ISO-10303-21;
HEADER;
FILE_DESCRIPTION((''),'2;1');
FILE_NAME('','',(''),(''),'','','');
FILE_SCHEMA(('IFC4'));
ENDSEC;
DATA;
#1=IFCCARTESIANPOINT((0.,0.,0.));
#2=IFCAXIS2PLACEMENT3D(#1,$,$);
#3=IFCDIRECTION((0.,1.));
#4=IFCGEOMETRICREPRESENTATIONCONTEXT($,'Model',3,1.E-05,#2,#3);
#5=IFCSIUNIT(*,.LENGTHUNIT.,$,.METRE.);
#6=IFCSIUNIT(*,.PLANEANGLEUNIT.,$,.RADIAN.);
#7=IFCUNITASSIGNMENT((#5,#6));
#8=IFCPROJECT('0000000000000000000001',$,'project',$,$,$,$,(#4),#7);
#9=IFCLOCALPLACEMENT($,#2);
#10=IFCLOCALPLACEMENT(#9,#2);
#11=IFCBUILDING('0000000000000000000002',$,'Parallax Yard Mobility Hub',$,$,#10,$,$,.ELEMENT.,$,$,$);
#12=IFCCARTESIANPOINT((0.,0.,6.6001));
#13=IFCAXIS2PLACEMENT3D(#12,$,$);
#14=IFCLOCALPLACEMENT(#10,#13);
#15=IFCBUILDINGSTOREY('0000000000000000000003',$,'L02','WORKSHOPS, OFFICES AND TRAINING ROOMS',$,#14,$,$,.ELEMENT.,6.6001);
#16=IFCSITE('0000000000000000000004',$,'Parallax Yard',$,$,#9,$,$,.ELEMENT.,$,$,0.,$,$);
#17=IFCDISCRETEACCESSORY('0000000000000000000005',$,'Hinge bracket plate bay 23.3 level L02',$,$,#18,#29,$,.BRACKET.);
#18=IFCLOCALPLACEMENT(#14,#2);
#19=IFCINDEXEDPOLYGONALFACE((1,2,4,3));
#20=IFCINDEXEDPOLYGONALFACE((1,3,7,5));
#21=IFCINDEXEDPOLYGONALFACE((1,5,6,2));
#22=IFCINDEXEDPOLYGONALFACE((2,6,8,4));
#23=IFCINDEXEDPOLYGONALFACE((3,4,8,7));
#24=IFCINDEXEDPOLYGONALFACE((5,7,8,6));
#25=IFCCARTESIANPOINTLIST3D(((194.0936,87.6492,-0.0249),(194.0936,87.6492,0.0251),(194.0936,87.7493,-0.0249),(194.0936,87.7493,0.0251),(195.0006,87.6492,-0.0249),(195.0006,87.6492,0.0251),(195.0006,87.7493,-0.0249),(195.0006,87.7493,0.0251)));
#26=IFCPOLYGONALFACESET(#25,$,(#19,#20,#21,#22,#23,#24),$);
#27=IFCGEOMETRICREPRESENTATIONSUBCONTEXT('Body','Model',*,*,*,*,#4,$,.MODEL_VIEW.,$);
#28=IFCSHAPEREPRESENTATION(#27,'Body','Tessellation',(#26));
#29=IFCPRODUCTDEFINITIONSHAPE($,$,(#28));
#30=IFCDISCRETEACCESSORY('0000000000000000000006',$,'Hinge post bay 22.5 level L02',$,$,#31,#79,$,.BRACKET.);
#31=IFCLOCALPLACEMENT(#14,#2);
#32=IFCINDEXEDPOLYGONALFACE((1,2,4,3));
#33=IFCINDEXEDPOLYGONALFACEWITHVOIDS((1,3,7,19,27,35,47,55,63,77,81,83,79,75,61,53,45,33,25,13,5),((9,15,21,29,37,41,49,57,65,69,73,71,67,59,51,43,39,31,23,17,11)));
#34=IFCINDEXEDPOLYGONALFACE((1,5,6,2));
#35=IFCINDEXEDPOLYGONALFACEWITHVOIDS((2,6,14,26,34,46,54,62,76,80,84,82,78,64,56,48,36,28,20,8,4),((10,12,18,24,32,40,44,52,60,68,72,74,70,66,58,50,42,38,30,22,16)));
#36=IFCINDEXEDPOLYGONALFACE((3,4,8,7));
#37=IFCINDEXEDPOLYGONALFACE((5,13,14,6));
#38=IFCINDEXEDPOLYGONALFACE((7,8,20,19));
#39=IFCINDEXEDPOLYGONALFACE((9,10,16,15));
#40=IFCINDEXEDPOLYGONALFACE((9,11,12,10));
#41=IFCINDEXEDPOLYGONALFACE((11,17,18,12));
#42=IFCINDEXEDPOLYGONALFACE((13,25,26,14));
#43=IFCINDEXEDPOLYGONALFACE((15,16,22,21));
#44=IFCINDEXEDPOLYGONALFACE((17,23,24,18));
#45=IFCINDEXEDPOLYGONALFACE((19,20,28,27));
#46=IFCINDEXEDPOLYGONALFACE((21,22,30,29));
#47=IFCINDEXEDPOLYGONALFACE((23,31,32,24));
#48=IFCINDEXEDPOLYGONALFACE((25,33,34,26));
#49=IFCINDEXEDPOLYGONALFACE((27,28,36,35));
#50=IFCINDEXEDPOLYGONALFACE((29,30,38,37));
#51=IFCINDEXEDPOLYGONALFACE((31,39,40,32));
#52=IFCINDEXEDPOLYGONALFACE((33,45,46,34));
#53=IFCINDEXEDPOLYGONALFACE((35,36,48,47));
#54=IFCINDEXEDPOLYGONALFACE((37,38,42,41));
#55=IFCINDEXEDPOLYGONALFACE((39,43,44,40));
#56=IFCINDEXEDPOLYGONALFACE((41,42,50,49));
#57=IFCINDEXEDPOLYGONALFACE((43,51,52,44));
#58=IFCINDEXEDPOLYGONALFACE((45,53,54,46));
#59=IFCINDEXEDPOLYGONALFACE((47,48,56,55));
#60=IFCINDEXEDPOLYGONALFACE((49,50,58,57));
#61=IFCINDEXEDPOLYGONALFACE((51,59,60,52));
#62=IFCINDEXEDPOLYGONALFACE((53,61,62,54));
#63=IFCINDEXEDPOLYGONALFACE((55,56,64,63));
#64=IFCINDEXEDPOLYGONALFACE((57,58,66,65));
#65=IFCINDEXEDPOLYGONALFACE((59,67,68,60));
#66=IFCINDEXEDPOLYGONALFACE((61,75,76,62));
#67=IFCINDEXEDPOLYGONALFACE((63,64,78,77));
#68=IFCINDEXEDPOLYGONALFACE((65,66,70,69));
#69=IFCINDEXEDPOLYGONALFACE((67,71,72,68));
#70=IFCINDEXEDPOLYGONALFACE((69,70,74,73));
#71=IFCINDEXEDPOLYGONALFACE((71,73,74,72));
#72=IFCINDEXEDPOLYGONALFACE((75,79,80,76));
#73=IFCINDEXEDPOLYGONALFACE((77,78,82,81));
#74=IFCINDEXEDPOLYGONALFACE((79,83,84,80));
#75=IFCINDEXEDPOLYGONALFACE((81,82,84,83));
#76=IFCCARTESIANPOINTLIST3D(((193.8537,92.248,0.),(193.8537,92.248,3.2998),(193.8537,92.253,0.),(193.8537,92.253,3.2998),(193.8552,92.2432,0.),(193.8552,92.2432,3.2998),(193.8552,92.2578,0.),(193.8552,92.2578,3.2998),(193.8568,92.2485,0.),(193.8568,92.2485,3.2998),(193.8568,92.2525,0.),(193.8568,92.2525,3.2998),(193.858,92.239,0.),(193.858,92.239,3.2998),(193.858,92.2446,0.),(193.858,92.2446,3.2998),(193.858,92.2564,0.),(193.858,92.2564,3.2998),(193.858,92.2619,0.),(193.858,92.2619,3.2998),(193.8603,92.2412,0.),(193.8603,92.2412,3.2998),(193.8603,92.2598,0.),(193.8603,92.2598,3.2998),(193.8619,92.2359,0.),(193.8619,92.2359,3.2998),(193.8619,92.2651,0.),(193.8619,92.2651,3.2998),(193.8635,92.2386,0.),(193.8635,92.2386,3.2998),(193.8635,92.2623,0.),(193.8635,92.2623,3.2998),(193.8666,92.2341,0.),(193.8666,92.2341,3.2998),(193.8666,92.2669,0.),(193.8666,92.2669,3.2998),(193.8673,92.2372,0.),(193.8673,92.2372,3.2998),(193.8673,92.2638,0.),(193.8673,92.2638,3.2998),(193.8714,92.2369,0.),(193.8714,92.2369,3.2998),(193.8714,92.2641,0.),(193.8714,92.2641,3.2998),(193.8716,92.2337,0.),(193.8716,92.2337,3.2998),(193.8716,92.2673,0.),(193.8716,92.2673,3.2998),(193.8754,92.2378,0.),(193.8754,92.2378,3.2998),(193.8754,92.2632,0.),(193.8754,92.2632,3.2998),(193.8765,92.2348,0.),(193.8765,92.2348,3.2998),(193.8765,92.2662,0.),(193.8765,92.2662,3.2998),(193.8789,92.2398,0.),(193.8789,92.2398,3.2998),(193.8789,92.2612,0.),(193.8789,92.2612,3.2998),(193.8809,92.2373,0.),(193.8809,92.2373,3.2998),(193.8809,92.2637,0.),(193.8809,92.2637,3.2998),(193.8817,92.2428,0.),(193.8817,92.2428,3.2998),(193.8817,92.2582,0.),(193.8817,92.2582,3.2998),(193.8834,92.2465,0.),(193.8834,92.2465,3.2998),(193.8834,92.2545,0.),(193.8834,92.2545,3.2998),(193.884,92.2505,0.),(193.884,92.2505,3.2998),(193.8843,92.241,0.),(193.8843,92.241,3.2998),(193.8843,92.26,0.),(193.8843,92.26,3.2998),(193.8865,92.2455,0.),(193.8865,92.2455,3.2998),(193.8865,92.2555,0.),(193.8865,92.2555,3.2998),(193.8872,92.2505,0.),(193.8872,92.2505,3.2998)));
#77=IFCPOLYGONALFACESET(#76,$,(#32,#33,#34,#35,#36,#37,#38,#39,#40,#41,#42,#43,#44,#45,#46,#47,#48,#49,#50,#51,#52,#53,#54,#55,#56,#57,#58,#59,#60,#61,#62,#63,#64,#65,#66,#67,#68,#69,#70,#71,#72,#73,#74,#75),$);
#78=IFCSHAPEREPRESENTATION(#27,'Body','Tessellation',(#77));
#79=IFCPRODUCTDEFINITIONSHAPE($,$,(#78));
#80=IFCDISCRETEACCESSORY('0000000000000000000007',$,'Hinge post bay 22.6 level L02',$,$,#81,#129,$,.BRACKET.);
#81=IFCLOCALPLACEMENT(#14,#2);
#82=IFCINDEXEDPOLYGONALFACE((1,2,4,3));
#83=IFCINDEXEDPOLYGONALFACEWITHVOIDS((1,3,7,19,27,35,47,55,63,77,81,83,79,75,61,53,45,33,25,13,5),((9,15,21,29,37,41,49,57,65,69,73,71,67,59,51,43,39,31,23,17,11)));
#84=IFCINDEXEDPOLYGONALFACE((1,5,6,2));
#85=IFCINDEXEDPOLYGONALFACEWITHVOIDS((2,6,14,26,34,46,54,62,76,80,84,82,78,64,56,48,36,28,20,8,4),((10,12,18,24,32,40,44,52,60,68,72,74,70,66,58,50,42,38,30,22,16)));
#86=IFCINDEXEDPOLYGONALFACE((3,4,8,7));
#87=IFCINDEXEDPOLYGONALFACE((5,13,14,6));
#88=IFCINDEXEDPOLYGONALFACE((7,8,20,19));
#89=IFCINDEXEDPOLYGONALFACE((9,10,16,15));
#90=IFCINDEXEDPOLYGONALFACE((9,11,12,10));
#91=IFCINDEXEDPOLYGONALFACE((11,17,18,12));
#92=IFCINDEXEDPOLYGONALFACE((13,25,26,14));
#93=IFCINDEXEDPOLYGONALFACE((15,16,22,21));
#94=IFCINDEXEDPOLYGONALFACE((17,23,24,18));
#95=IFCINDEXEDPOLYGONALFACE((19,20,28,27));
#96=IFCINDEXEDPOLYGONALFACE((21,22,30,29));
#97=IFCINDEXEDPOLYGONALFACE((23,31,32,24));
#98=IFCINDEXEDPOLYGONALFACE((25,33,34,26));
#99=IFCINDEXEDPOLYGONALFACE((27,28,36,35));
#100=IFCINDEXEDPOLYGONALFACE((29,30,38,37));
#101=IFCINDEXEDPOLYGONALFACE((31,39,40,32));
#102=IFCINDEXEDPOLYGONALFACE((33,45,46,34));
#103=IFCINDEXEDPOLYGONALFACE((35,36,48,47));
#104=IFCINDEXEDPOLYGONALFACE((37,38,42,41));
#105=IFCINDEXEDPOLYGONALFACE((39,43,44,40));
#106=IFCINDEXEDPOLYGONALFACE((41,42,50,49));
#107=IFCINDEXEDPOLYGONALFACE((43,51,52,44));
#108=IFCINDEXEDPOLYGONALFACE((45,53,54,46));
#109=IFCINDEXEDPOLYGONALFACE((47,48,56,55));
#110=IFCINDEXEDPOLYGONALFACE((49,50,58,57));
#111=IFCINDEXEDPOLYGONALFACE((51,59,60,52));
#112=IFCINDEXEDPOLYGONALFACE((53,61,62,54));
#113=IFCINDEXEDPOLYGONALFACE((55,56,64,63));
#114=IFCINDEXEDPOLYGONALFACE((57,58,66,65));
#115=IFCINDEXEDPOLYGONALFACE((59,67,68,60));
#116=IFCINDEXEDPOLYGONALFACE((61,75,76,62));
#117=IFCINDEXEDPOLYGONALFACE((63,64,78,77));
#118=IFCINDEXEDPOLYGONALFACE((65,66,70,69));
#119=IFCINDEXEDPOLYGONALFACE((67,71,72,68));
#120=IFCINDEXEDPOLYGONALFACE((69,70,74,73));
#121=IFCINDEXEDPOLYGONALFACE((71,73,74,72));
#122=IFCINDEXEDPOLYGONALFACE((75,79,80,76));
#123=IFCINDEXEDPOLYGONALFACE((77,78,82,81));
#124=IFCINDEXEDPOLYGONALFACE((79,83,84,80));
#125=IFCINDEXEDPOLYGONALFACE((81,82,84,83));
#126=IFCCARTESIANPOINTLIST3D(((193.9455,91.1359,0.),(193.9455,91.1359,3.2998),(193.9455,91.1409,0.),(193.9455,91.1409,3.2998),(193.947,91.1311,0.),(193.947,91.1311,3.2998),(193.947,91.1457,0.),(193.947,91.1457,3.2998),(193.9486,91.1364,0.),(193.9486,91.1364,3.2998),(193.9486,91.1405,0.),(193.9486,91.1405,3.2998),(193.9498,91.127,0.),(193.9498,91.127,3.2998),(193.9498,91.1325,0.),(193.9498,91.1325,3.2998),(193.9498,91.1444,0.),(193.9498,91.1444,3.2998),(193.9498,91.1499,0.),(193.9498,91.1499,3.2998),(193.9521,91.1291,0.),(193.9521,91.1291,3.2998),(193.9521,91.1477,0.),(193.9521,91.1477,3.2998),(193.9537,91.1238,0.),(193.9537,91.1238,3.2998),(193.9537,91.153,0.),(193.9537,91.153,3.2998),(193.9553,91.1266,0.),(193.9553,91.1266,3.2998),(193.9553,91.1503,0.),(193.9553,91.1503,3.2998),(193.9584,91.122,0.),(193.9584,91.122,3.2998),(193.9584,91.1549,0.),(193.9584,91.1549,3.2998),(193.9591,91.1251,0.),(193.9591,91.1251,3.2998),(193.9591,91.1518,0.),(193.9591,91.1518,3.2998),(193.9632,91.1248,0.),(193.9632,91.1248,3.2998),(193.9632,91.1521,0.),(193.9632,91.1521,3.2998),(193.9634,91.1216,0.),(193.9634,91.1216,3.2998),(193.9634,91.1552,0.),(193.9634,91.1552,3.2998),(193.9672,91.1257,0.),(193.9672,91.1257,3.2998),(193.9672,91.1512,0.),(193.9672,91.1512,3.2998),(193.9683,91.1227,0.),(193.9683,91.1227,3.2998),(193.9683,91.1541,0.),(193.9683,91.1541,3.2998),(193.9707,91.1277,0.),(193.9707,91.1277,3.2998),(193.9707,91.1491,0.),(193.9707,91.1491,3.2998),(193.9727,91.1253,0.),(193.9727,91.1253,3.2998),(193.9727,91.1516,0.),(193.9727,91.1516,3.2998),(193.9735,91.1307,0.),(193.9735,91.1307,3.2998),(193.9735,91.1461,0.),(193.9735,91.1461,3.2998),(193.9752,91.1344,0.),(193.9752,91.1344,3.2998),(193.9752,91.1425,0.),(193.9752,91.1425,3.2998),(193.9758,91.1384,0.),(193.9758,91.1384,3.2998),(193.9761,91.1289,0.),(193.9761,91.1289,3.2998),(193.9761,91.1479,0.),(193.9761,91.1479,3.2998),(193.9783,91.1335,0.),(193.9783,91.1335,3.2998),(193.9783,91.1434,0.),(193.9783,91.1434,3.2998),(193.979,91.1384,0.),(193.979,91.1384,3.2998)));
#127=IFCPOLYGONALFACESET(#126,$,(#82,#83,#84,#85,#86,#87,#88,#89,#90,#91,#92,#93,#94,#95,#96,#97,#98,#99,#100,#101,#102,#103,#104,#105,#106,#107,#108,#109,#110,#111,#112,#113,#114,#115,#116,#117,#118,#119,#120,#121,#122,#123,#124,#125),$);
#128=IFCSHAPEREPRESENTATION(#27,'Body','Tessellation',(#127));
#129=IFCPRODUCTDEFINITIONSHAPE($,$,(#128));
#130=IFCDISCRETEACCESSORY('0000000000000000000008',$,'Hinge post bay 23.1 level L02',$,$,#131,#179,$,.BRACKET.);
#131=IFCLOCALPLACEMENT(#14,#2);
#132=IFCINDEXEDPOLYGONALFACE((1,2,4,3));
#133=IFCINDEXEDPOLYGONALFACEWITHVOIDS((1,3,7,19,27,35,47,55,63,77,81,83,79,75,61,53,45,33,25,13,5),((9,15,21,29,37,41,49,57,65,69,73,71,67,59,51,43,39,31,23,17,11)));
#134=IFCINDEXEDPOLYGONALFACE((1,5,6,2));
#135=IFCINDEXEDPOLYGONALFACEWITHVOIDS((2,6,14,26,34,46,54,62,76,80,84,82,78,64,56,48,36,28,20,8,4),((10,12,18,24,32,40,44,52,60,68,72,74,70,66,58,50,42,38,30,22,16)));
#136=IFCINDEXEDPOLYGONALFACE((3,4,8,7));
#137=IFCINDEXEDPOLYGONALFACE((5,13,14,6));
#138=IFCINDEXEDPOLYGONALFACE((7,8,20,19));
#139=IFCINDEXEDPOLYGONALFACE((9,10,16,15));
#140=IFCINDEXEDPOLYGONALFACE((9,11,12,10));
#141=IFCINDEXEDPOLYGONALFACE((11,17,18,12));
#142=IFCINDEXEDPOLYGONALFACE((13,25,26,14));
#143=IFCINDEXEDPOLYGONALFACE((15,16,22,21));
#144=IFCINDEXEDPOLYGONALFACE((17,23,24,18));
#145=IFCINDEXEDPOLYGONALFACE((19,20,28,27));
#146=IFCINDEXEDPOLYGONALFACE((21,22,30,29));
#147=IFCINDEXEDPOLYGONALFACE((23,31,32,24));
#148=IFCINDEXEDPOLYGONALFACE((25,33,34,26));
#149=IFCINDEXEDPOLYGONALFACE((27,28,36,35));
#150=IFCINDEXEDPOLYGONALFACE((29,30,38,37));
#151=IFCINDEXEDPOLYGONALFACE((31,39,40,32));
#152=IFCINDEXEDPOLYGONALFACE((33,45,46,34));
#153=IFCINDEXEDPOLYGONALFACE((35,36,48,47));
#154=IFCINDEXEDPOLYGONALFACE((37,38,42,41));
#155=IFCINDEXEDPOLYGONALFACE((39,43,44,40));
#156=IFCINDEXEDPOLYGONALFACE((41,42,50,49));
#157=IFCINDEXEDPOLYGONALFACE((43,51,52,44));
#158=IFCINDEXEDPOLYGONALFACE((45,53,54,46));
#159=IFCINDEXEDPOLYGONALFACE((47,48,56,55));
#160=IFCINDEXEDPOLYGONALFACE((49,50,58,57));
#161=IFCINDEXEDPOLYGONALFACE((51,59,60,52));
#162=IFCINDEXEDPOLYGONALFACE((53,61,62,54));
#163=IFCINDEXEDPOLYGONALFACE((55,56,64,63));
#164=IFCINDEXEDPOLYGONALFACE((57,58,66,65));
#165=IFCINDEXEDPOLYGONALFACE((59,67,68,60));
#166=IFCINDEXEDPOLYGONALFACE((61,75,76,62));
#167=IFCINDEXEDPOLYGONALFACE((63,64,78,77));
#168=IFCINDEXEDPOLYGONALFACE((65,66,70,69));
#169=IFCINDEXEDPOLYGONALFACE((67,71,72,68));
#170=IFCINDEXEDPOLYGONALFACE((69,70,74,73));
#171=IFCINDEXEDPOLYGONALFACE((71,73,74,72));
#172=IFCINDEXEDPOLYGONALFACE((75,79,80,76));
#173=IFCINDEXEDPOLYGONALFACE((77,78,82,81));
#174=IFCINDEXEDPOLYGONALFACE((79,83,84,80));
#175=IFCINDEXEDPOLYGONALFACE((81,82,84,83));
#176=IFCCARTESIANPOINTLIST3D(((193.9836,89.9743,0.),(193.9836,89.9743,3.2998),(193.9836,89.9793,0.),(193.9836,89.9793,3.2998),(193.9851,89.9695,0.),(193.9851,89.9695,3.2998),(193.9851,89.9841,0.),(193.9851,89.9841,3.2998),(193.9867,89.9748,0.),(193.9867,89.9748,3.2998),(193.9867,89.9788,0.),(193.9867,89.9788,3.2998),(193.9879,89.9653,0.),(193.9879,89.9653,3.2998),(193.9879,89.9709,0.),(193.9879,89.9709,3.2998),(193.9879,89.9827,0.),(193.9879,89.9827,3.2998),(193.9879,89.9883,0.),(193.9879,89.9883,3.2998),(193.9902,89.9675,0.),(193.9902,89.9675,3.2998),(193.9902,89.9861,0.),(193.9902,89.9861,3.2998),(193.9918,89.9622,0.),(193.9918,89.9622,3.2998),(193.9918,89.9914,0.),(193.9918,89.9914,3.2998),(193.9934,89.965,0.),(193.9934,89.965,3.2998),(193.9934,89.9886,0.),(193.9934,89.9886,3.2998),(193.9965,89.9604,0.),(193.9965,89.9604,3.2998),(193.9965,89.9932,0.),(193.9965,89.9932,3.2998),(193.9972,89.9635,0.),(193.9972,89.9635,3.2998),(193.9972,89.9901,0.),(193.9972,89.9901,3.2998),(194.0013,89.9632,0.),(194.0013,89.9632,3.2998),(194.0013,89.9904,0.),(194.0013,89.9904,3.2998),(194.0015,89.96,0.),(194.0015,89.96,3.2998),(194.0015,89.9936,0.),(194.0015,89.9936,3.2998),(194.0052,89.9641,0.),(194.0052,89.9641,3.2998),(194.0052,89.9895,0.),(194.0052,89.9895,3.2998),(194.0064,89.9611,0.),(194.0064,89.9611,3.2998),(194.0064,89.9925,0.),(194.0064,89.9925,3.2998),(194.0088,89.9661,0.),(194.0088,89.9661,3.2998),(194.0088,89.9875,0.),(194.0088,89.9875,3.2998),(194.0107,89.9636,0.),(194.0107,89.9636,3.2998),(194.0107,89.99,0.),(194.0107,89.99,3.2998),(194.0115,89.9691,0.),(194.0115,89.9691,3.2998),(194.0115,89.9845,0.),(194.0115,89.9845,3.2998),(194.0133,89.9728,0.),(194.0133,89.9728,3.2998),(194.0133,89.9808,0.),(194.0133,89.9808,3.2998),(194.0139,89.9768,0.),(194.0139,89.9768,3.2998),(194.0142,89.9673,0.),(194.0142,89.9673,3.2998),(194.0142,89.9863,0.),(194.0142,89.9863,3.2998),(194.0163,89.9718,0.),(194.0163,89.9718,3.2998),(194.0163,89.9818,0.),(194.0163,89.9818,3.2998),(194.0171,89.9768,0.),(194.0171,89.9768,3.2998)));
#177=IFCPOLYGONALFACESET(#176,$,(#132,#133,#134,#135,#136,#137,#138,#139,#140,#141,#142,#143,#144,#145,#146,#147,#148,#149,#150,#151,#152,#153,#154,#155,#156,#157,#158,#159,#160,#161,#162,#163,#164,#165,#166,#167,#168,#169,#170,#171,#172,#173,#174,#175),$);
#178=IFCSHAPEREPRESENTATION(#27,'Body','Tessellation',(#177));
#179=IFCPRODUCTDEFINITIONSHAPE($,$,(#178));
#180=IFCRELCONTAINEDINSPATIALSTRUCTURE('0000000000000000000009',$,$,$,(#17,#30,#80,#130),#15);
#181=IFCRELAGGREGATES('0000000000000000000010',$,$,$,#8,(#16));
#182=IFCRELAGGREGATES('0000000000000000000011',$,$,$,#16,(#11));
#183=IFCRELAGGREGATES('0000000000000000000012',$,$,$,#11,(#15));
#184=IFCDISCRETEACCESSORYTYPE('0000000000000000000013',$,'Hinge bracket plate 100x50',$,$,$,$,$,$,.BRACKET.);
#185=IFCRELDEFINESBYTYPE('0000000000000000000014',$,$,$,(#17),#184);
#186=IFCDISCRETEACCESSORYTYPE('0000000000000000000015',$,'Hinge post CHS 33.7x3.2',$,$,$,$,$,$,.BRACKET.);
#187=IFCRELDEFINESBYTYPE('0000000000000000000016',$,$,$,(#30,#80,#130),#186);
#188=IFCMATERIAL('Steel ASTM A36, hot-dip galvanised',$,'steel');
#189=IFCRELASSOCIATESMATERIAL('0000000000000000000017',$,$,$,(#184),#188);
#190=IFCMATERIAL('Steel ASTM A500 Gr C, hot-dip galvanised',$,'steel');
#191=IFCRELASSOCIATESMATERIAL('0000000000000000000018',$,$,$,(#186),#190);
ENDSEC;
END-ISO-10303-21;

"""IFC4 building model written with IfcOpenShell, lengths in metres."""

from ifc_helpers import new_model, si_unit, direction, frame, origin, origin_2d, place, context, subcontext, project, spatial, rectangle, hollow_circle, extrude, material, material_profile, profile_set, type_object, element, save


model = new_model("IFC4")

# Units and contexts
model_context = context("Model", 3, precision=1e-05, world=origin(), true_north=direction((0.0, 1.0)))
body_context = subcontext(model_context, "Body", "Model", "MODEL_VIEW")
ifc_project = project(units=[si_unit("LENGTHUNIT", "METRE"), si_unit("PLANEANGLEUNIT", "RADIAN")], contexts=[model_context])

# Site, building, storey
site_placement = place(None, origin())
site = spatial("IfcSite", under=ifc_project, at=site_placement, Name="Parallax Yard", CompositionType="ELEMENT", RefElevation=0.0)
building_placement = place(site_placement, origin())
building = spatial("IfcBuilding", under=site, at=building_placement, Name="Parallax Yard Mobility Hub", CompositionType="ELEMENT")
storey_placement = place(building_placement, frame((0.0, 0.0, 6.6001)))
storey = spatial("IfcBuildingStorey", under=building, at=storey_placement, Name="L02", Description="WORKSHOPS, OFFICES AND TRAINING ROOMS", CompositionType="ELEMENT", Elevation=6.6001)

# Discrete accessories
ifc_material_1 = material(Name="Steel ASTM A36, hot-dip galvanised", Category="steel")
discrete_accessory_type_1 = type_object("IfcDiscreteAccessoryType", Name="Hinge bracket plate 100x50", PredefinedType="BRACKET", material=ifc_material_1)
discrete_accessory_1_placement = place(storey_placement, frame((194.5471, 87.6992, -0.0249), z_axis=(0.0, 0.0, 1.0), x_axis=(-1.0, 0.0, 0.0)))
element("IfcDiscreteAccessory", 1, at=discrete_accessory_1_placement, inside=storey, type_object=discrete_accessory_type_1, Name="Hinge bracket plate bay 23.3 level L02", PredefinedType="BRACKET", context=body_context, shape_type="SweptSolid", body=[
    extrude(rectangle(XDim=0.907, YDim=0.1001, at=origin_2d()), origin(), (0.0, 0.0, 1.0), 0.05),
])
ifc_material_2 = material(Name="Steel ASTM A500 Gr C, hot-dip galvanised", Category="steel")
ifc_material_profile_1 = material_profile(ifc_material_2, hollow_circle(Radius=0.0168, WallThickness=0.0032, at=origin_2d()), Name="CHS 33.7x3.2")
ifc_profile_set_1 = profile_set([ifc_material_profile_1], Name="Steel ASTM A500 Gr C, hot-dip galvanised")
discrete_accessory_type_2 = type_object("IfcDiscreteAccessoryType", Name="Hinge post CHS 33.7x3.2", PredefinedType="BRACKET", material=ifc_profile_set_1)
for number, where, z_axis, x_axis, name in (
    (2, (193.8704, 92.2505, 0.0), (0.0, 0.0, 1.0), (1.0, 0.0, 0.0), "Hinge post bay 22.5 level L02"),
    (3, (193.9622, 91.1384, 0.0), (0.0, 0.0, 1.0), (1.0, 0.0, 0.0), "Hinge post bay 22.6 level L02"),
    (4, (194.0002, 89.9768, 0.0), (0.0, 0.0, 1.0), (1.0, 0.0, 0.0), "Hinge post bay 23.1 level L02"),
):
    element("IfcDiscreteAccessory", number, at=place(storey_placement, frame(where, z_axis=z_axis, x_axis=x_axis)), inside=storey, type_object=discrete_accessory_type_2, Name=name, PredefinedType="BRACKET", context=body_context, shape_type="SweptSolid", body=[
        extrude(hollow_circle(Radius=0.0168, WallThickness=0.0032, at=origin_2d()), origin(), (0.0, 0.0, 1.0), 3.2998),
    ])

save(model, "model.ifc")
